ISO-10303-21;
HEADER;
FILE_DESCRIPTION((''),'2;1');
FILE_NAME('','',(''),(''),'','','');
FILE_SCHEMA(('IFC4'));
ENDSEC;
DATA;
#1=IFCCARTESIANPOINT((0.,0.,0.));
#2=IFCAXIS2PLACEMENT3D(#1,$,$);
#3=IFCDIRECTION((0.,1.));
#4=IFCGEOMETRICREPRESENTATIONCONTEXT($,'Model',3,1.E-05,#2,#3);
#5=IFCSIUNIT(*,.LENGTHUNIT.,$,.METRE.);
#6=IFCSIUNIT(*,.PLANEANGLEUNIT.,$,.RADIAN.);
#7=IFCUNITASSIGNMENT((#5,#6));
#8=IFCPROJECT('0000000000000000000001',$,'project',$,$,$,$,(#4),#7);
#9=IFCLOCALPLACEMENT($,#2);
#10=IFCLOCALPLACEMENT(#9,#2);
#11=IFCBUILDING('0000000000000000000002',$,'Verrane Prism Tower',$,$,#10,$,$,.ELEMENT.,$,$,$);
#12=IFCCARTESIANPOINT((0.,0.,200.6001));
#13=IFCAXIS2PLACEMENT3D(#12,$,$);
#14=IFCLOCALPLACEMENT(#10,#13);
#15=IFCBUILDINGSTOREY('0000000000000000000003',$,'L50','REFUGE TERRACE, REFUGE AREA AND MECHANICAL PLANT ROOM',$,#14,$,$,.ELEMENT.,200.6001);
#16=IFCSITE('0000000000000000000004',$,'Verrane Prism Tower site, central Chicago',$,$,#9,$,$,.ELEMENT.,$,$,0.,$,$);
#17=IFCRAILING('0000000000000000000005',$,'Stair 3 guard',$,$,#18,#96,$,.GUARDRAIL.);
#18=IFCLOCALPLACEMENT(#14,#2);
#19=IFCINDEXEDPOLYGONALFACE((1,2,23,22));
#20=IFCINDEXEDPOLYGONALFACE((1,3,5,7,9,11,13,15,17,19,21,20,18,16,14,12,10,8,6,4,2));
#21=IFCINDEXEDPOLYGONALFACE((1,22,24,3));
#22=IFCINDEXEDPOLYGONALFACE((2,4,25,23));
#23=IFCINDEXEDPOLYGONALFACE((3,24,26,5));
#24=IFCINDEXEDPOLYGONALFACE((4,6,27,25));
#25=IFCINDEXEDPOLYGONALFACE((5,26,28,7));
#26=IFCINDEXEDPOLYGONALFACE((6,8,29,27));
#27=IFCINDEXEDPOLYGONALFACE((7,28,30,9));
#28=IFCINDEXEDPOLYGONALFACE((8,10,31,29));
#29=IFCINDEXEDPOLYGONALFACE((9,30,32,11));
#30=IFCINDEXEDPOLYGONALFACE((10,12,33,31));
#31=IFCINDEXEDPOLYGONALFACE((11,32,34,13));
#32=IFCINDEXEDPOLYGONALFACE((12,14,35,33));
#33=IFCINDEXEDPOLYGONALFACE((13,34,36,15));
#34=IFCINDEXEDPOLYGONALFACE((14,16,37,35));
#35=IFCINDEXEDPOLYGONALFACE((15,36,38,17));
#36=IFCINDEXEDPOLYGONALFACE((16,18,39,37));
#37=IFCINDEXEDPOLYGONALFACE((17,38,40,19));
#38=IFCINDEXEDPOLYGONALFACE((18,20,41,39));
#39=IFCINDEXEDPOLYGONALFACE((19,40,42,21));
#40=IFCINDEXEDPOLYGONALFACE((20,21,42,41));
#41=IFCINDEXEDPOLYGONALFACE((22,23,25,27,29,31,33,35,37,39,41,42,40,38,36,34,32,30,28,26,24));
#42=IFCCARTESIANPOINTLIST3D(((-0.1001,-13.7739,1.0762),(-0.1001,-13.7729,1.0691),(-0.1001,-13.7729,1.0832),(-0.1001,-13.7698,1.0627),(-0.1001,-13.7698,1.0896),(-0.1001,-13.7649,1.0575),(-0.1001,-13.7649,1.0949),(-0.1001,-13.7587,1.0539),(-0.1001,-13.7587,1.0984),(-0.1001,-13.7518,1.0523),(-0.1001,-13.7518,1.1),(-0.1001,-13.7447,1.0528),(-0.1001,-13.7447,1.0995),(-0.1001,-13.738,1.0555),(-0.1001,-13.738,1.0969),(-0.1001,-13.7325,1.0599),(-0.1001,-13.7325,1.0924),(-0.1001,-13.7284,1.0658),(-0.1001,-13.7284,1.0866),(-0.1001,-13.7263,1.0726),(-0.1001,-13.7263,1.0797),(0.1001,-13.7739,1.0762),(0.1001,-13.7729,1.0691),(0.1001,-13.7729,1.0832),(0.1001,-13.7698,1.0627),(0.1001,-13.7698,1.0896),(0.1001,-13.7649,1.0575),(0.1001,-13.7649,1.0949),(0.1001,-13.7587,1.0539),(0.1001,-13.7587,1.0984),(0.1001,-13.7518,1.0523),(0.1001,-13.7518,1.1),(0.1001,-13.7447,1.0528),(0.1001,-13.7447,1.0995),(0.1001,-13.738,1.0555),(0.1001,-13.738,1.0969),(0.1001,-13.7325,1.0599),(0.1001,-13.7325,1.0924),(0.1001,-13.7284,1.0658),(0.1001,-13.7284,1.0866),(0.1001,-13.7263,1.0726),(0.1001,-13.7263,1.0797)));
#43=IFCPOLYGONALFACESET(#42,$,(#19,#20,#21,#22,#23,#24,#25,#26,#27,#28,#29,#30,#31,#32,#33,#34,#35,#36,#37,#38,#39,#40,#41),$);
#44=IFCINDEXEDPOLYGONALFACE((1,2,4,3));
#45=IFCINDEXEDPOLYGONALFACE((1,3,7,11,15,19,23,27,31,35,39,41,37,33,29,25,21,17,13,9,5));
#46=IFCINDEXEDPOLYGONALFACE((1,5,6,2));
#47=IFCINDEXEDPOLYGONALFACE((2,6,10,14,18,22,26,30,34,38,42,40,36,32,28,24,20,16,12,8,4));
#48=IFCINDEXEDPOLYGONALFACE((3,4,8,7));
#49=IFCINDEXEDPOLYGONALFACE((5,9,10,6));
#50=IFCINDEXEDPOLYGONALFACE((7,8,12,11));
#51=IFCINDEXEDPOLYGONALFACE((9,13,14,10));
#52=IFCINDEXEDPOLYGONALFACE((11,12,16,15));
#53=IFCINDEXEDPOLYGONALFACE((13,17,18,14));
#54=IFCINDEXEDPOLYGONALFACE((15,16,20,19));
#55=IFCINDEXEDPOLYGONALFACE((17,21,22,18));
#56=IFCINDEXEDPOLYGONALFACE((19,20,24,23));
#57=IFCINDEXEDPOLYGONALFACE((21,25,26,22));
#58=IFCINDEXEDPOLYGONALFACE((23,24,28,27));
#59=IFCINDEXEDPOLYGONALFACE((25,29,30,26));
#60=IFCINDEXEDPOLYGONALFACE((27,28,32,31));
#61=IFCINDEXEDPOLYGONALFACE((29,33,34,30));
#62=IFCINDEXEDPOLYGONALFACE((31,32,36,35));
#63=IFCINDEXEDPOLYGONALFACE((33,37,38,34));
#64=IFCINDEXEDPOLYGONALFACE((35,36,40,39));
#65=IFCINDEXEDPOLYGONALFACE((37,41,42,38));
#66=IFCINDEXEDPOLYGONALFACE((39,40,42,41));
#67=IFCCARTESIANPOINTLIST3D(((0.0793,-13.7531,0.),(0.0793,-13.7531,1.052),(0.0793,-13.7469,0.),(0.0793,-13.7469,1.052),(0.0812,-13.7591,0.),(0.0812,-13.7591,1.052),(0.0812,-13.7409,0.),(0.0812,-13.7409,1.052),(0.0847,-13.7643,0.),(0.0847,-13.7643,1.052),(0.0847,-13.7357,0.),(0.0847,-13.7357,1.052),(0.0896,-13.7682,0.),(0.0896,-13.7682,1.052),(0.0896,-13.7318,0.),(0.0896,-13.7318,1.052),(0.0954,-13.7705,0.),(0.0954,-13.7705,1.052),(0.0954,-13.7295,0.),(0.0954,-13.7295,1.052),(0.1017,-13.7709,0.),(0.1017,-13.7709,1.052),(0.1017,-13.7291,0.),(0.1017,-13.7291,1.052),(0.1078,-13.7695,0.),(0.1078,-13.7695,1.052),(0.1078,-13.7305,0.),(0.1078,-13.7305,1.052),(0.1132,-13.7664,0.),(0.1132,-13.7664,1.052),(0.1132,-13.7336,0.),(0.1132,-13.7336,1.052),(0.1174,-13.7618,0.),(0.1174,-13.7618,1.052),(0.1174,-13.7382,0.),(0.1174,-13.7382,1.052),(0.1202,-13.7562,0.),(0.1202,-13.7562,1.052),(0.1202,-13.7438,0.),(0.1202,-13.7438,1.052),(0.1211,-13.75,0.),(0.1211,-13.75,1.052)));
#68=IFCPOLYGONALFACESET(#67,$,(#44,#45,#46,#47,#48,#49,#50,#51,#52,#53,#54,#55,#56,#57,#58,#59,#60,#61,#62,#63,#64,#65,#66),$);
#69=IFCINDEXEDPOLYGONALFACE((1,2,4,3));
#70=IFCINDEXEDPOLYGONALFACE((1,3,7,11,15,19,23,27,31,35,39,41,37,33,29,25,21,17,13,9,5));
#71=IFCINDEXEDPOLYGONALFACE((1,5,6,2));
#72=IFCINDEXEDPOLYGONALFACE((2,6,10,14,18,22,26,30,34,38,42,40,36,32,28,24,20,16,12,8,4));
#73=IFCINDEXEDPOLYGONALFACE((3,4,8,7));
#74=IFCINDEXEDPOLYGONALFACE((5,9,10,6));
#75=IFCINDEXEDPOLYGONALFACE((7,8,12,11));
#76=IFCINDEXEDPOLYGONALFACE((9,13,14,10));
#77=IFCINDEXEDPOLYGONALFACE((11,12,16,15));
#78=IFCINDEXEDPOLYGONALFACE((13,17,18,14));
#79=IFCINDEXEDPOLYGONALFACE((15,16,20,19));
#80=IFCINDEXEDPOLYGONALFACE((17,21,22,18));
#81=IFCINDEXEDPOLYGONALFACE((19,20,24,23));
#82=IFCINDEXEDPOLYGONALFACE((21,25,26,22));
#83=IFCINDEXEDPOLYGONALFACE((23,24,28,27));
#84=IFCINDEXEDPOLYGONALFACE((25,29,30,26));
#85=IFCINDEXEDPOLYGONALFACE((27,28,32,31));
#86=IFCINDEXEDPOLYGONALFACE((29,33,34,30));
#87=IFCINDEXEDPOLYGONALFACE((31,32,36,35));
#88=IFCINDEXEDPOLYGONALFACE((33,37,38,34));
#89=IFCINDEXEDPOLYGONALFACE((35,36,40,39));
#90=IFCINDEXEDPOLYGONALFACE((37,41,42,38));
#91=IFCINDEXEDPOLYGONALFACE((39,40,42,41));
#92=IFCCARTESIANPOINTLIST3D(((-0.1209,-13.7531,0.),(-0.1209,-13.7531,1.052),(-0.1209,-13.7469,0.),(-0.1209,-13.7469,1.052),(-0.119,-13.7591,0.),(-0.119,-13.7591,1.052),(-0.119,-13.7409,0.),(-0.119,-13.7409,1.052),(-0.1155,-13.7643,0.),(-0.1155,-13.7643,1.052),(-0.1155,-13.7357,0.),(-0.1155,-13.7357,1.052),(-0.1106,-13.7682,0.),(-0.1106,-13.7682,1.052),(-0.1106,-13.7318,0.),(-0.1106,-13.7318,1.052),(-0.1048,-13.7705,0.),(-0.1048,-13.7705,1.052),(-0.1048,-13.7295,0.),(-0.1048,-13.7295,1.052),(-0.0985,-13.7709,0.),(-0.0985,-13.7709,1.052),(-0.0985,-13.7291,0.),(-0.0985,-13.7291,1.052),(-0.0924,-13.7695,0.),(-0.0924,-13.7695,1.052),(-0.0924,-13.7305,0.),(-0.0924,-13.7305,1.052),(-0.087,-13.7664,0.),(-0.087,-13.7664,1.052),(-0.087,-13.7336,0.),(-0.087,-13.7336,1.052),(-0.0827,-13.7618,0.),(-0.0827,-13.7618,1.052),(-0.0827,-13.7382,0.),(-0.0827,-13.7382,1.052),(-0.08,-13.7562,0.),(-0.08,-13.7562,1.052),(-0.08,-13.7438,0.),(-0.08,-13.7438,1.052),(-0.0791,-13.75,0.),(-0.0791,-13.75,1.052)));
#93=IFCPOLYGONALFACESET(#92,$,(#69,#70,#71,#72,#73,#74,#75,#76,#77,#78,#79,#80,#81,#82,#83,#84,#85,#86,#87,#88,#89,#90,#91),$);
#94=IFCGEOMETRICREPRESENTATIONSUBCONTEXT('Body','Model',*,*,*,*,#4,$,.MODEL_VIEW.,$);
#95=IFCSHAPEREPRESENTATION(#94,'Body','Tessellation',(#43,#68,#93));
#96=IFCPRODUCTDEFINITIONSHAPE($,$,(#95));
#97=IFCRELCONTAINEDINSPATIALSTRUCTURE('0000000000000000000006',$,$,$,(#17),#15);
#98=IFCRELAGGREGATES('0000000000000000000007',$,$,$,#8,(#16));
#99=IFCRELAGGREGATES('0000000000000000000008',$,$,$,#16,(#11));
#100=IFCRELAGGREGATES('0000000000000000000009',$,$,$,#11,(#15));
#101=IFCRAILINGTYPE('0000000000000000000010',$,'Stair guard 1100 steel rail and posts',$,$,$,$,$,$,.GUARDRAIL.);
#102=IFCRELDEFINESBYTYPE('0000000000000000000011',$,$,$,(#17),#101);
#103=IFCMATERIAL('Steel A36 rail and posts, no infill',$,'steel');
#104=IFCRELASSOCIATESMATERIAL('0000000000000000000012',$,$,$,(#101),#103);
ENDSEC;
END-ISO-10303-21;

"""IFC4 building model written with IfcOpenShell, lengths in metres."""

from ifc_helpers import new_model, si_unit, direction, frame, origin, origin_2d, place, context, subcontext, project, spatial, circle, extrude, material, type_object, element, save


model = new_model("IFC4")

# Units and contexts
model_context = context("Model", 3, precision=1e-05, world=origin(), true_north=direction((0.0, 1.0)))
body_context = subcontext(model_context, "Body", "Model", "MODEL_VIEW")
ifc_project = project(units=[si_unit("LENGTHUNIT", "METRE"), si_unit("PLANEANGLEUNIT", "RADIAN")], contexts=[model_context])

# Site, building, storey
site_placement = place(None, origin())
site = spatial("IfcSite", under=ifc_project, at=site_placement, Name="Verrane Prism Tower site, central Chicago", CompositionType="ELEMENT", RefElevation=0.0)
building_placement = place(site_placement, origin())
building = spatial("IfcBuilding", under=site, at=building_placement, Name="Verrane Prism Tower", CompositionType="ELEMENT")
storey_placement = place(building_placement, frame((0.0, 0.0, 200.6001)))
storey = spatial("IfcBuildingStorey", under=building, at=storey_placement, Name="L50", Description="REFUGE TERRACE, REFUGE AREA AND MECHANICAL PLANT ROOM", CompositionType="ELEMENT", Elevation=200.6001)

# Railing
ifc_material_1 = material(Name="Steel A36 rail and posts, no infill", Category="steel")
railing_type_1 = type_object("IfcRailingType", Name="Stair guard 1100 steel rail and posts", PredefinedType="GUARDRAIL", material=ifc_material_1)
railing_1_placement = place(storey_placement, frame((0.1001, -13.75, 0.0)))
element("IfcRailing", 1, at=railing_1_placement, inside=storey, type_object=railing_type_1, Name="Stair 3 guard", PredefinedType="GUARDRAIL", context=body_context, shape_type="SweptSolid", body=[
    extrude(circle(Radius=0.0239, at=origin_2d()), frame((0.0, 0.0, 1.0762), z_axis=(-1.0, 0.0, 0.0), x_axis=(0.0, -1.0, 0.0)), (0.0, 0.0, 1.0), 0.2002),
    extrude(circle(Radius=0.021, at=origin_2d()), origin(), (0.0, 0.0, 1.0), 1.052),
    extrude(circle(Radius=0.021, at=origin_2d()), frame((-0.2002, 0.0, 0.0)), (0.0, 0.0, 1.0), 1.052),
])

save(model, "model.ifc")
